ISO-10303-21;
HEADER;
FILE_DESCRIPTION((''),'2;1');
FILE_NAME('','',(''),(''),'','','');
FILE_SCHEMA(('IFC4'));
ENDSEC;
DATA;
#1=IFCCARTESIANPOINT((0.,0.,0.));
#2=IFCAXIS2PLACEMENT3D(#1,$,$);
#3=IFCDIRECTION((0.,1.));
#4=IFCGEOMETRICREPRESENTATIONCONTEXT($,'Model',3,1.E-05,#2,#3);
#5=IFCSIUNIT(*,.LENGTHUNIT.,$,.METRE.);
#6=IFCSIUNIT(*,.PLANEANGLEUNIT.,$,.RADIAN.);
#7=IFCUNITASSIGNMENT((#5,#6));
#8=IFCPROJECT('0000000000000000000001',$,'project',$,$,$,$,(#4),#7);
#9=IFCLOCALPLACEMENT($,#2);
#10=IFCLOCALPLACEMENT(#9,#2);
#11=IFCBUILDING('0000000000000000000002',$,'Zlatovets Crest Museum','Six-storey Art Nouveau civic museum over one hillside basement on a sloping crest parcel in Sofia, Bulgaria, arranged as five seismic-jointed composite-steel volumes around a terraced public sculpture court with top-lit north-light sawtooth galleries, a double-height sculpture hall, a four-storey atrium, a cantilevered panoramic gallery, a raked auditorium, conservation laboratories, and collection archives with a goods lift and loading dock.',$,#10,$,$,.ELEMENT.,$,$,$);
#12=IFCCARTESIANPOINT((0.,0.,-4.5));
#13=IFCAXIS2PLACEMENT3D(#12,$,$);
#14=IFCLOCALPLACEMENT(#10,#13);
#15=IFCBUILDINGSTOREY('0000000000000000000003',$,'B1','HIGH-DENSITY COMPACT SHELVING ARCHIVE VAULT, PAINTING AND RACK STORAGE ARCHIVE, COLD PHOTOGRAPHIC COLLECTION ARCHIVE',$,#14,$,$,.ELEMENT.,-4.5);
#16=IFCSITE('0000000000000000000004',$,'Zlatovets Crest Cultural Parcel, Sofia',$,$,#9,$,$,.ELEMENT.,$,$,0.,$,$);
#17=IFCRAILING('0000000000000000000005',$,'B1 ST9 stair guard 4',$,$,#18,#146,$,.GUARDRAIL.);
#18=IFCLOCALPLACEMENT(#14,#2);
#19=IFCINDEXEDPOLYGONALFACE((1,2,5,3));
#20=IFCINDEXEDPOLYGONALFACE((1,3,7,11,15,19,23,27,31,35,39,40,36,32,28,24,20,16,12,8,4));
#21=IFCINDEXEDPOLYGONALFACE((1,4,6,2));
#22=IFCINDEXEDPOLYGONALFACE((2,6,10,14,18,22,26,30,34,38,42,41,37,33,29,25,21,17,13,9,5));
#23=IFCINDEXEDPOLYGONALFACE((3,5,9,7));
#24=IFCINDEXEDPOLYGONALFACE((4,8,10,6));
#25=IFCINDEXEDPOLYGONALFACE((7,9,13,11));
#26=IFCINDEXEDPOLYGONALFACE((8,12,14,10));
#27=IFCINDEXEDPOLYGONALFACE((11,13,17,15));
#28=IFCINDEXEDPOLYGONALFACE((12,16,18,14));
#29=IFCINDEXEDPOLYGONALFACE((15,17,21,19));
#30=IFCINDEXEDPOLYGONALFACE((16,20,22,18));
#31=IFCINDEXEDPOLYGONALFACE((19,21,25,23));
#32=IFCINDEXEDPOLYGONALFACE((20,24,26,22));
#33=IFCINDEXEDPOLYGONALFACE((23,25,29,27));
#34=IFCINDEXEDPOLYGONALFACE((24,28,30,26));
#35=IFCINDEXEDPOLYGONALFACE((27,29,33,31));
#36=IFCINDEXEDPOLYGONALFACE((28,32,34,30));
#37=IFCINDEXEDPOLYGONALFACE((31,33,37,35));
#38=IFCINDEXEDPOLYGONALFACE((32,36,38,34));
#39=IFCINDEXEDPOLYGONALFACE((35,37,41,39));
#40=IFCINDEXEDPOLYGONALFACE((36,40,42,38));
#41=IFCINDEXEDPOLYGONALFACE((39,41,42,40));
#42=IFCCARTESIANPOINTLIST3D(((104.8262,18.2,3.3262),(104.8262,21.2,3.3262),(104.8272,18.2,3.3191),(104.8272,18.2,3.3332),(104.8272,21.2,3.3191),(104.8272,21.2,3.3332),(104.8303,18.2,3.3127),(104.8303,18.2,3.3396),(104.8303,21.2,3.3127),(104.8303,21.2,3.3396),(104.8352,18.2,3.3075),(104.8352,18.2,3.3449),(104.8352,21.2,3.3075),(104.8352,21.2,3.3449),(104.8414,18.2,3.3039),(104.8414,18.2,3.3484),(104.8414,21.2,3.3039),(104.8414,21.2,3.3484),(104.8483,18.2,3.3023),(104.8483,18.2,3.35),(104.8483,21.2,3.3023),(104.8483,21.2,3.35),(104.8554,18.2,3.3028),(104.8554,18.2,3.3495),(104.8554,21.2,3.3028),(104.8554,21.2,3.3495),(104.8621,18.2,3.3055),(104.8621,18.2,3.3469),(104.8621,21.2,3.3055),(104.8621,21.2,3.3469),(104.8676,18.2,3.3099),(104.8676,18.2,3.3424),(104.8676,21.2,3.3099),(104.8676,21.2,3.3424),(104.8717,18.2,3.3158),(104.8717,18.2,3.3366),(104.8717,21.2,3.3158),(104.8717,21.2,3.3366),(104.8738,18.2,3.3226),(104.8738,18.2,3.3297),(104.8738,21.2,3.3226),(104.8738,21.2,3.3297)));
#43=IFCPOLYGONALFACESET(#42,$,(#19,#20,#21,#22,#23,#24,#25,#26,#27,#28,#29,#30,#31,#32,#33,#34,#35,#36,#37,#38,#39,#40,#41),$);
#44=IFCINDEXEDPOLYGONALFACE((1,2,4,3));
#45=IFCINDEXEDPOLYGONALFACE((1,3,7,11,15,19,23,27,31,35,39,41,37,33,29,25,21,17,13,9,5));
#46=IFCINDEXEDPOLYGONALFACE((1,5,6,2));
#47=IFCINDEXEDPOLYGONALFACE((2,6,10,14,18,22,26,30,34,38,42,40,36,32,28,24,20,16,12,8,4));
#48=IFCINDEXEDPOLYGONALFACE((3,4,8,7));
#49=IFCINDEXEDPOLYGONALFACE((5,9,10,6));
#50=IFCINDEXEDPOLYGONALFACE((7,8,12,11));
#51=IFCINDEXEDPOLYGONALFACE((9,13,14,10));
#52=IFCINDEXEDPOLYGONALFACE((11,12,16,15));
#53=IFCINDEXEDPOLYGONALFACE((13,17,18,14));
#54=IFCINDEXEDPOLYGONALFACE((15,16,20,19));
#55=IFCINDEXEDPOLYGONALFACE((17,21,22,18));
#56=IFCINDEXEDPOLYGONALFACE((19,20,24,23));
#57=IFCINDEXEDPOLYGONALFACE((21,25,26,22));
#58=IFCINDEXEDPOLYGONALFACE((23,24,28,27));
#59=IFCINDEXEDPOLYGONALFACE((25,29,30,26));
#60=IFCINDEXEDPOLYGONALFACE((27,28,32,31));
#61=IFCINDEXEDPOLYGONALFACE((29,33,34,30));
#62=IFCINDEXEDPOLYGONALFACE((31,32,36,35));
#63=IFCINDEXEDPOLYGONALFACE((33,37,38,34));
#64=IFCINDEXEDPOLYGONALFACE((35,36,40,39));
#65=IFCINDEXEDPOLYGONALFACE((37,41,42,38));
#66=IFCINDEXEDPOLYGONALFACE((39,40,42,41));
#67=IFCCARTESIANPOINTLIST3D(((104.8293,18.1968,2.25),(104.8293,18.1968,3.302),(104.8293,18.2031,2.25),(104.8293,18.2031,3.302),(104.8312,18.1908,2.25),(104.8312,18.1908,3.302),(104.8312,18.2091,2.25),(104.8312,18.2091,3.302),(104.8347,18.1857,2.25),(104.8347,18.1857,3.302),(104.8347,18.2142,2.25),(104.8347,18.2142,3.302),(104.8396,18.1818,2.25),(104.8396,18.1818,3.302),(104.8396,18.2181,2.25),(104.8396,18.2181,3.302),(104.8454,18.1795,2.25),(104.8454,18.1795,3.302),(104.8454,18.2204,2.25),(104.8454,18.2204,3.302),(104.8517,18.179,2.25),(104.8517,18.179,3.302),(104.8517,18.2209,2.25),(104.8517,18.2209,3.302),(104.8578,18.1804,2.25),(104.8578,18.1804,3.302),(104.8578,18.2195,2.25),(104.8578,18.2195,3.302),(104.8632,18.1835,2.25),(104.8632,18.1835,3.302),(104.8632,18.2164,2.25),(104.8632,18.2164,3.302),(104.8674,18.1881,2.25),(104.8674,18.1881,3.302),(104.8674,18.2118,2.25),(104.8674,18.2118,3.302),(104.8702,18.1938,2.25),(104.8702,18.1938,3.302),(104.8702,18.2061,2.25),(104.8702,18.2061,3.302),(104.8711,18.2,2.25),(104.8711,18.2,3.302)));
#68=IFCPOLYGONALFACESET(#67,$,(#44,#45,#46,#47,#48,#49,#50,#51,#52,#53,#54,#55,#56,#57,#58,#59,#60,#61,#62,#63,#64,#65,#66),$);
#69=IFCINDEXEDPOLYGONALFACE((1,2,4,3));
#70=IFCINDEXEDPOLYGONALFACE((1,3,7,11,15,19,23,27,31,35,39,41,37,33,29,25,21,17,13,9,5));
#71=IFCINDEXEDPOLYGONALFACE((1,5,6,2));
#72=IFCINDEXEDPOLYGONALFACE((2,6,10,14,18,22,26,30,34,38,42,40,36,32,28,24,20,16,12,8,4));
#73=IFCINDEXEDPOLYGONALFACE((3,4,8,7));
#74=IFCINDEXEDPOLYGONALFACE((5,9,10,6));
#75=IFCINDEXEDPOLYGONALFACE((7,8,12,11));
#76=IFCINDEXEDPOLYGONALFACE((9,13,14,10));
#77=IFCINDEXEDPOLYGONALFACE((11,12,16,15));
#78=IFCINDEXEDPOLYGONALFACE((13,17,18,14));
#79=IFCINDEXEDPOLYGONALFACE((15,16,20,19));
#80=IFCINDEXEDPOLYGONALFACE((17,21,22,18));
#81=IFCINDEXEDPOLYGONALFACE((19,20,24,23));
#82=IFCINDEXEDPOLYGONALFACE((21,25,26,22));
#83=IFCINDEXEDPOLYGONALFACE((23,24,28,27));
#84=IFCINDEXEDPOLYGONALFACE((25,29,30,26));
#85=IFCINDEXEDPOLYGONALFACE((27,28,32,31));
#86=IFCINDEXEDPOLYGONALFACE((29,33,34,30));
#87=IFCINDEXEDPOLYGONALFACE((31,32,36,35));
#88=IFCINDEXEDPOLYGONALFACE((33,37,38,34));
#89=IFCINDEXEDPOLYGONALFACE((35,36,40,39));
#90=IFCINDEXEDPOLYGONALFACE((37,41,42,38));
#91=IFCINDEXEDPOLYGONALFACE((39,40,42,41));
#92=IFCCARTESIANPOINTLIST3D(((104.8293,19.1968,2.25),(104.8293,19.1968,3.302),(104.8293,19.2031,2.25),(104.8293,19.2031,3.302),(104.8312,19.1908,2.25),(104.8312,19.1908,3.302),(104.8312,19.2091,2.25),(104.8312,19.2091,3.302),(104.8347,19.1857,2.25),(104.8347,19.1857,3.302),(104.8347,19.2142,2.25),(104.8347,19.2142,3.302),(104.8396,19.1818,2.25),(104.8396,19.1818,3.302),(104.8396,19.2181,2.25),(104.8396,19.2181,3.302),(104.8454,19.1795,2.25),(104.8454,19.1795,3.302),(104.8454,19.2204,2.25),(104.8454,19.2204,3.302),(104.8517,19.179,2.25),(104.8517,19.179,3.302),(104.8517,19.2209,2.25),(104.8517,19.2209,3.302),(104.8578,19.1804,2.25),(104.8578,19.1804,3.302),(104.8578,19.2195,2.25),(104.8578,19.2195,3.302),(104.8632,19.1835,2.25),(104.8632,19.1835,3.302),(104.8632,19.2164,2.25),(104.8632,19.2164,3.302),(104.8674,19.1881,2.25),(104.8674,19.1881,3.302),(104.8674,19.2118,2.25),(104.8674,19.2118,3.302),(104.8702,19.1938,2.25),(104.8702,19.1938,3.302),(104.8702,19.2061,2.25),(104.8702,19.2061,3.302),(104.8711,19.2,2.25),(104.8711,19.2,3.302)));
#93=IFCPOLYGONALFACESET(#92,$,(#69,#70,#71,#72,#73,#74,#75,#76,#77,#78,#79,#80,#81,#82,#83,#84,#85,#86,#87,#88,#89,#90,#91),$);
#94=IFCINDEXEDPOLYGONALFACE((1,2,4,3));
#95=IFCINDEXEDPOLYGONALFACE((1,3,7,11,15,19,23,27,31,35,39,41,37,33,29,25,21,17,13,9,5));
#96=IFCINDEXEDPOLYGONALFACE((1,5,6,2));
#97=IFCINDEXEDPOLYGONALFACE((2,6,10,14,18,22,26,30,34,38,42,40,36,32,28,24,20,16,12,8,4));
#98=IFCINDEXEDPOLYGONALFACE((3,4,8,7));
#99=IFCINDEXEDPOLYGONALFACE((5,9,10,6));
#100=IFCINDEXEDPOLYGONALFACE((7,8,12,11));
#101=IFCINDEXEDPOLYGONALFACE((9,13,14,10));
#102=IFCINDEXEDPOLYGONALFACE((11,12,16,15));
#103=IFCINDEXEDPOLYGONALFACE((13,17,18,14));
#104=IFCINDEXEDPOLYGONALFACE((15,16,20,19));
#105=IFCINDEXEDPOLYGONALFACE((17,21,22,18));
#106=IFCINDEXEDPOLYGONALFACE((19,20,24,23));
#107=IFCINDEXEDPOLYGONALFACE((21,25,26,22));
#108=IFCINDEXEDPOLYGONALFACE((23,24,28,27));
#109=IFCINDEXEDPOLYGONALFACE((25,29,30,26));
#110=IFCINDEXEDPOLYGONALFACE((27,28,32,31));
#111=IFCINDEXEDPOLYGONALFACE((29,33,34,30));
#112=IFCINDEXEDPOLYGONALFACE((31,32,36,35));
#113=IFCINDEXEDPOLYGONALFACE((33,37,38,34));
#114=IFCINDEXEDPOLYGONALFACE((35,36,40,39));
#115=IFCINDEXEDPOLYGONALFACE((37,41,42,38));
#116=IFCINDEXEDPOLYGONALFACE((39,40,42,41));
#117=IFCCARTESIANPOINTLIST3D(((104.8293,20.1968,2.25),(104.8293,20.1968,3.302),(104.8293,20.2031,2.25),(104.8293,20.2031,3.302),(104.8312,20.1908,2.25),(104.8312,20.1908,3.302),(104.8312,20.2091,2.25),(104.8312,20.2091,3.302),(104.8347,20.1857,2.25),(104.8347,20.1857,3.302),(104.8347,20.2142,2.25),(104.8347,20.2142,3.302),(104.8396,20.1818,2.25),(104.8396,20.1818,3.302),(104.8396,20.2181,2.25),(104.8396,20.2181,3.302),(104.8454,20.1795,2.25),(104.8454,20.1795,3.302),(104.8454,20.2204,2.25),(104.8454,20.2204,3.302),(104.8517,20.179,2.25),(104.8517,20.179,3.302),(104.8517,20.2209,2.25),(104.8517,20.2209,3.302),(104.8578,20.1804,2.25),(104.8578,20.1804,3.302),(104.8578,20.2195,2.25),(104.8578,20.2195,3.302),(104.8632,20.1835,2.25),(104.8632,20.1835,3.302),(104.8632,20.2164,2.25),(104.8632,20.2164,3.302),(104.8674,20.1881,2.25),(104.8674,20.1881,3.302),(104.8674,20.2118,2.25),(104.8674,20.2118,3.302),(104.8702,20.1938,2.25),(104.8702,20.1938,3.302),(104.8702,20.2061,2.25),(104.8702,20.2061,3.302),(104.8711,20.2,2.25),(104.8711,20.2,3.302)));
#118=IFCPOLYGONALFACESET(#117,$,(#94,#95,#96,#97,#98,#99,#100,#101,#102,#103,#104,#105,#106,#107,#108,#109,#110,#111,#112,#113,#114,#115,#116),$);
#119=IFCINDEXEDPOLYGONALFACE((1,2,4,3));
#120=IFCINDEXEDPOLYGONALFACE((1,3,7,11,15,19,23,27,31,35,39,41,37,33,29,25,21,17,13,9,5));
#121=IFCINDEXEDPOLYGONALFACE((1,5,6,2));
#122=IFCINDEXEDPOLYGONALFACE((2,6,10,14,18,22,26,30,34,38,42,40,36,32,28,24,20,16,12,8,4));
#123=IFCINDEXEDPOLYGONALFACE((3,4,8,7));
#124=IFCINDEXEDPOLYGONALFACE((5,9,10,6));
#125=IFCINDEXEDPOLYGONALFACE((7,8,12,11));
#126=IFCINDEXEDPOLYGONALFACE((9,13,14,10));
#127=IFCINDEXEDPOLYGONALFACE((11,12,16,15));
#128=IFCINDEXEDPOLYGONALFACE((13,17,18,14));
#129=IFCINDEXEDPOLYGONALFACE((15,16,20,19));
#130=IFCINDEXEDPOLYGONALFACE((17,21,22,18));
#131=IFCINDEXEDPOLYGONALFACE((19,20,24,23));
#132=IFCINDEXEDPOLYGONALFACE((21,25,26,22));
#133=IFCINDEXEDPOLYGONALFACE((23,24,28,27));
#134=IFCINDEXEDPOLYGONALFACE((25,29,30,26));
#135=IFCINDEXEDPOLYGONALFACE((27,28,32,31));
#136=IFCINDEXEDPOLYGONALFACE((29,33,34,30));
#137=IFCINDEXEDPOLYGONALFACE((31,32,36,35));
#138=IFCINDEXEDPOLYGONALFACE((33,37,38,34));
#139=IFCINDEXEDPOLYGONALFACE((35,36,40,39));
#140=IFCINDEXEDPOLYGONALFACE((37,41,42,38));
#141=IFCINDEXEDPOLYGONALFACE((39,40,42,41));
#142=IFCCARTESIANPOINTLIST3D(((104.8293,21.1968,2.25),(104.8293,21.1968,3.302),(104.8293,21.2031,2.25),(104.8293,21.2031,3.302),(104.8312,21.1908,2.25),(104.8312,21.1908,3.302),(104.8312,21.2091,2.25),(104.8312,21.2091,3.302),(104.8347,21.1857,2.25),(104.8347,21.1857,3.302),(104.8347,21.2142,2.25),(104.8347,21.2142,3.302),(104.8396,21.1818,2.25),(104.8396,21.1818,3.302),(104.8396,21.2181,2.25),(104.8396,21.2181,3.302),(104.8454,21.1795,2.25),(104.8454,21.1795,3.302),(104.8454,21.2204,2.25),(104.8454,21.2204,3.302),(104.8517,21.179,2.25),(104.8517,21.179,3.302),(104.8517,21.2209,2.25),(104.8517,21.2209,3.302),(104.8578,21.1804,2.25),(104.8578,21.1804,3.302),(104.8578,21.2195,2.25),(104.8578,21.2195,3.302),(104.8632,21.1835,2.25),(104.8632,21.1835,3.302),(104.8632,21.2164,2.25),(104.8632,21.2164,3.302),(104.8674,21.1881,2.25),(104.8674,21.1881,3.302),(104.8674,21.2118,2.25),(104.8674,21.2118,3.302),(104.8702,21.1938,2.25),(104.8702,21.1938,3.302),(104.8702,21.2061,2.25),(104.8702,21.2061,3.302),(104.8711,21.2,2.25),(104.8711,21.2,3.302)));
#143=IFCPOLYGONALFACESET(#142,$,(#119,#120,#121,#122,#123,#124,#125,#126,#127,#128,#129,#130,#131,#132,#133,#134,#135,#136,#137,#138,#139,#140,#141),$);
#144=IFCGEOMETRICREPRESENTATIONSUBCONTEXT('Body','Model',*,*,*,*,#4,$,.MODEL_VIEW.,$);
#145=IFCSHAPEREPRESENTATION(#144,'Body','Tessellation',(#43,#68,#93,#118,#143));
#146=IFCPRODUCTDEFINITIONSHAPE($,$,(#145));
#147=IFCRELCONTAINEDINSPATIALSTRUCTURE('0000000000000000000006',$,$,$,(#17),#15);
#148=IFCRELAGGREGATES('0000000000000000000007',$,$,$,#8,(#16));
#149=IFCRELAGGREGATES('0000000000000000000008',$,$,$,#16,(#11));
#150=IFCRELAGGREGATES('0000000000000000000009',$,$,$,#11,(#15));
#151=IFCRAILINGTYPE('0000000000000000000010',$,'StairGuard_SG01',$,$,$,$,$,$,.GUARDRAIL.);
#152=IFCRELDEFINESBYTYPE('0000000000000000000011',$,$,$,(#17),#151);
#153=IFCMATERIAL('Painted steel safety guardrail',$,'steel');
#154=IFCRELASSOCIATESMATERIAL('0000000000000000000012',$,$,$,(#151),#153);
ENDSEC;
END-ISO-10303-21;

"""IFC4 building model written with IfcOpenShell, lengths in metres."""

from ifc_helpers import new_model, si_unit, direction, frame, origin, origin_2d, place, context, subcontext, project, spatial, circle, extrude, material, type_object, element, save


model = new_model("IFC4")

# Units and contexts
model_context = context("Model", 3, precision=1e-05, world=origin(), true_north=direction((0.0, 1.0)))
body_context = subcontext(model_context, "Body", "Model", "MODEL_VIEW")
ifc_project = project(units=[si_unit("LENGTHUNIT", "METRE"), si_unit("PLANEANGLEUNIT", "RADIAN")], contexts=[model_context])

# Site, building, storey
site_placement = place(None, origin())
site = spatial("IfcSite", under=ifc_project, at=site_placement, Name="Zlatovets Crest Cultural Parcel, Sofia", CompositionType="ELEMENT", RefElevation=0.0)
building_placement = place(site_placement, origin())
building = spatial("IfcBuilding", under=site, at=building_placement, Name="Zlatovets Crest Museum", Description="Six-storey Art Nouveau civic museum over one hillside basement on a sloping crest parcel in Sofia, Bulgaria, arranged as five seismic-jointed composite-steel volumes around a terraced public sculpture court with top-lit north-light sawtooth galleries, a double-height sculpture hall, a four-storey atrium, a cantilevered panoramic gallery, a raked auditorium, conservation laboratories, and collection archives with a goods lift and loading dock.", CompositionType="ELEMENT")
storey_placement = place(building_placement, frame((0.0, 0.0, -4.5)))
storey = spatial("IfcBuildingStorey", under=building, at=storey_placement, Name="B1", Description="HIGH-DENSITY COMPACT SHELVING ARCHIVE VAULT, PAINTING AND RACK STORAGE ARCHIVE, COLD PHOTOGRAPHIC COLLECTION ARCHIVE", CompositionType="ELEMENT", Elevation=-4.5)

# Railing
ifc_material_1 = material(Name="Painted steel safety guardrail", Category="steel")
railing_type_1 = type_object("IfcRailingType", Name="StairGuard_SG01", PredefinedType="GUARDRAIL", material=ifc_material_1)
for number, where, name in (
    (1, (104.8501, 18.2, 2.25), "B1 ST9 stair guard 4"),
):
    element("IfcRailing", number, at=place(storey_placement, frame(where)), inside=storey, type_object=railing_type_1, Name=name, PredefinedType="GUARDRAIL", context=body_context, shape_type="SweptSolid", body=[
        extrude(circle(Radius=0.0239, at=origin_2d()), frame((0.0, 0.0, 1.0762), z_axis=(0.0, 1.0, 0.0), x_axis=(-1.0, 0.0, 0.0)), (0.0, 0.0, 1.0), 3.0),
        extrude(circle(Radius=0.021, at=origin_2d()), origin(), (0.0, 0.0, 1.0), 1.052),
        extrude(circle(Radius=0.021, at=origin_2d()), frame((0.0, 1.0, 0.0)), (0.0, 0.0, 1.0), 1.052),
        extrude(circle(Radius=0.021, at=origin_2d()), frame((0.0, 2.0, 0.0)), (0.0, 0.0, 1.0), 1.052),
        extrude(circle(Radius=0.021, at=origin_2d()), frame((0.0, 3.0, 0.0)), (0.0, 0.0, 1.0), 1.052),
    ])

save(model, "model.ifc")
